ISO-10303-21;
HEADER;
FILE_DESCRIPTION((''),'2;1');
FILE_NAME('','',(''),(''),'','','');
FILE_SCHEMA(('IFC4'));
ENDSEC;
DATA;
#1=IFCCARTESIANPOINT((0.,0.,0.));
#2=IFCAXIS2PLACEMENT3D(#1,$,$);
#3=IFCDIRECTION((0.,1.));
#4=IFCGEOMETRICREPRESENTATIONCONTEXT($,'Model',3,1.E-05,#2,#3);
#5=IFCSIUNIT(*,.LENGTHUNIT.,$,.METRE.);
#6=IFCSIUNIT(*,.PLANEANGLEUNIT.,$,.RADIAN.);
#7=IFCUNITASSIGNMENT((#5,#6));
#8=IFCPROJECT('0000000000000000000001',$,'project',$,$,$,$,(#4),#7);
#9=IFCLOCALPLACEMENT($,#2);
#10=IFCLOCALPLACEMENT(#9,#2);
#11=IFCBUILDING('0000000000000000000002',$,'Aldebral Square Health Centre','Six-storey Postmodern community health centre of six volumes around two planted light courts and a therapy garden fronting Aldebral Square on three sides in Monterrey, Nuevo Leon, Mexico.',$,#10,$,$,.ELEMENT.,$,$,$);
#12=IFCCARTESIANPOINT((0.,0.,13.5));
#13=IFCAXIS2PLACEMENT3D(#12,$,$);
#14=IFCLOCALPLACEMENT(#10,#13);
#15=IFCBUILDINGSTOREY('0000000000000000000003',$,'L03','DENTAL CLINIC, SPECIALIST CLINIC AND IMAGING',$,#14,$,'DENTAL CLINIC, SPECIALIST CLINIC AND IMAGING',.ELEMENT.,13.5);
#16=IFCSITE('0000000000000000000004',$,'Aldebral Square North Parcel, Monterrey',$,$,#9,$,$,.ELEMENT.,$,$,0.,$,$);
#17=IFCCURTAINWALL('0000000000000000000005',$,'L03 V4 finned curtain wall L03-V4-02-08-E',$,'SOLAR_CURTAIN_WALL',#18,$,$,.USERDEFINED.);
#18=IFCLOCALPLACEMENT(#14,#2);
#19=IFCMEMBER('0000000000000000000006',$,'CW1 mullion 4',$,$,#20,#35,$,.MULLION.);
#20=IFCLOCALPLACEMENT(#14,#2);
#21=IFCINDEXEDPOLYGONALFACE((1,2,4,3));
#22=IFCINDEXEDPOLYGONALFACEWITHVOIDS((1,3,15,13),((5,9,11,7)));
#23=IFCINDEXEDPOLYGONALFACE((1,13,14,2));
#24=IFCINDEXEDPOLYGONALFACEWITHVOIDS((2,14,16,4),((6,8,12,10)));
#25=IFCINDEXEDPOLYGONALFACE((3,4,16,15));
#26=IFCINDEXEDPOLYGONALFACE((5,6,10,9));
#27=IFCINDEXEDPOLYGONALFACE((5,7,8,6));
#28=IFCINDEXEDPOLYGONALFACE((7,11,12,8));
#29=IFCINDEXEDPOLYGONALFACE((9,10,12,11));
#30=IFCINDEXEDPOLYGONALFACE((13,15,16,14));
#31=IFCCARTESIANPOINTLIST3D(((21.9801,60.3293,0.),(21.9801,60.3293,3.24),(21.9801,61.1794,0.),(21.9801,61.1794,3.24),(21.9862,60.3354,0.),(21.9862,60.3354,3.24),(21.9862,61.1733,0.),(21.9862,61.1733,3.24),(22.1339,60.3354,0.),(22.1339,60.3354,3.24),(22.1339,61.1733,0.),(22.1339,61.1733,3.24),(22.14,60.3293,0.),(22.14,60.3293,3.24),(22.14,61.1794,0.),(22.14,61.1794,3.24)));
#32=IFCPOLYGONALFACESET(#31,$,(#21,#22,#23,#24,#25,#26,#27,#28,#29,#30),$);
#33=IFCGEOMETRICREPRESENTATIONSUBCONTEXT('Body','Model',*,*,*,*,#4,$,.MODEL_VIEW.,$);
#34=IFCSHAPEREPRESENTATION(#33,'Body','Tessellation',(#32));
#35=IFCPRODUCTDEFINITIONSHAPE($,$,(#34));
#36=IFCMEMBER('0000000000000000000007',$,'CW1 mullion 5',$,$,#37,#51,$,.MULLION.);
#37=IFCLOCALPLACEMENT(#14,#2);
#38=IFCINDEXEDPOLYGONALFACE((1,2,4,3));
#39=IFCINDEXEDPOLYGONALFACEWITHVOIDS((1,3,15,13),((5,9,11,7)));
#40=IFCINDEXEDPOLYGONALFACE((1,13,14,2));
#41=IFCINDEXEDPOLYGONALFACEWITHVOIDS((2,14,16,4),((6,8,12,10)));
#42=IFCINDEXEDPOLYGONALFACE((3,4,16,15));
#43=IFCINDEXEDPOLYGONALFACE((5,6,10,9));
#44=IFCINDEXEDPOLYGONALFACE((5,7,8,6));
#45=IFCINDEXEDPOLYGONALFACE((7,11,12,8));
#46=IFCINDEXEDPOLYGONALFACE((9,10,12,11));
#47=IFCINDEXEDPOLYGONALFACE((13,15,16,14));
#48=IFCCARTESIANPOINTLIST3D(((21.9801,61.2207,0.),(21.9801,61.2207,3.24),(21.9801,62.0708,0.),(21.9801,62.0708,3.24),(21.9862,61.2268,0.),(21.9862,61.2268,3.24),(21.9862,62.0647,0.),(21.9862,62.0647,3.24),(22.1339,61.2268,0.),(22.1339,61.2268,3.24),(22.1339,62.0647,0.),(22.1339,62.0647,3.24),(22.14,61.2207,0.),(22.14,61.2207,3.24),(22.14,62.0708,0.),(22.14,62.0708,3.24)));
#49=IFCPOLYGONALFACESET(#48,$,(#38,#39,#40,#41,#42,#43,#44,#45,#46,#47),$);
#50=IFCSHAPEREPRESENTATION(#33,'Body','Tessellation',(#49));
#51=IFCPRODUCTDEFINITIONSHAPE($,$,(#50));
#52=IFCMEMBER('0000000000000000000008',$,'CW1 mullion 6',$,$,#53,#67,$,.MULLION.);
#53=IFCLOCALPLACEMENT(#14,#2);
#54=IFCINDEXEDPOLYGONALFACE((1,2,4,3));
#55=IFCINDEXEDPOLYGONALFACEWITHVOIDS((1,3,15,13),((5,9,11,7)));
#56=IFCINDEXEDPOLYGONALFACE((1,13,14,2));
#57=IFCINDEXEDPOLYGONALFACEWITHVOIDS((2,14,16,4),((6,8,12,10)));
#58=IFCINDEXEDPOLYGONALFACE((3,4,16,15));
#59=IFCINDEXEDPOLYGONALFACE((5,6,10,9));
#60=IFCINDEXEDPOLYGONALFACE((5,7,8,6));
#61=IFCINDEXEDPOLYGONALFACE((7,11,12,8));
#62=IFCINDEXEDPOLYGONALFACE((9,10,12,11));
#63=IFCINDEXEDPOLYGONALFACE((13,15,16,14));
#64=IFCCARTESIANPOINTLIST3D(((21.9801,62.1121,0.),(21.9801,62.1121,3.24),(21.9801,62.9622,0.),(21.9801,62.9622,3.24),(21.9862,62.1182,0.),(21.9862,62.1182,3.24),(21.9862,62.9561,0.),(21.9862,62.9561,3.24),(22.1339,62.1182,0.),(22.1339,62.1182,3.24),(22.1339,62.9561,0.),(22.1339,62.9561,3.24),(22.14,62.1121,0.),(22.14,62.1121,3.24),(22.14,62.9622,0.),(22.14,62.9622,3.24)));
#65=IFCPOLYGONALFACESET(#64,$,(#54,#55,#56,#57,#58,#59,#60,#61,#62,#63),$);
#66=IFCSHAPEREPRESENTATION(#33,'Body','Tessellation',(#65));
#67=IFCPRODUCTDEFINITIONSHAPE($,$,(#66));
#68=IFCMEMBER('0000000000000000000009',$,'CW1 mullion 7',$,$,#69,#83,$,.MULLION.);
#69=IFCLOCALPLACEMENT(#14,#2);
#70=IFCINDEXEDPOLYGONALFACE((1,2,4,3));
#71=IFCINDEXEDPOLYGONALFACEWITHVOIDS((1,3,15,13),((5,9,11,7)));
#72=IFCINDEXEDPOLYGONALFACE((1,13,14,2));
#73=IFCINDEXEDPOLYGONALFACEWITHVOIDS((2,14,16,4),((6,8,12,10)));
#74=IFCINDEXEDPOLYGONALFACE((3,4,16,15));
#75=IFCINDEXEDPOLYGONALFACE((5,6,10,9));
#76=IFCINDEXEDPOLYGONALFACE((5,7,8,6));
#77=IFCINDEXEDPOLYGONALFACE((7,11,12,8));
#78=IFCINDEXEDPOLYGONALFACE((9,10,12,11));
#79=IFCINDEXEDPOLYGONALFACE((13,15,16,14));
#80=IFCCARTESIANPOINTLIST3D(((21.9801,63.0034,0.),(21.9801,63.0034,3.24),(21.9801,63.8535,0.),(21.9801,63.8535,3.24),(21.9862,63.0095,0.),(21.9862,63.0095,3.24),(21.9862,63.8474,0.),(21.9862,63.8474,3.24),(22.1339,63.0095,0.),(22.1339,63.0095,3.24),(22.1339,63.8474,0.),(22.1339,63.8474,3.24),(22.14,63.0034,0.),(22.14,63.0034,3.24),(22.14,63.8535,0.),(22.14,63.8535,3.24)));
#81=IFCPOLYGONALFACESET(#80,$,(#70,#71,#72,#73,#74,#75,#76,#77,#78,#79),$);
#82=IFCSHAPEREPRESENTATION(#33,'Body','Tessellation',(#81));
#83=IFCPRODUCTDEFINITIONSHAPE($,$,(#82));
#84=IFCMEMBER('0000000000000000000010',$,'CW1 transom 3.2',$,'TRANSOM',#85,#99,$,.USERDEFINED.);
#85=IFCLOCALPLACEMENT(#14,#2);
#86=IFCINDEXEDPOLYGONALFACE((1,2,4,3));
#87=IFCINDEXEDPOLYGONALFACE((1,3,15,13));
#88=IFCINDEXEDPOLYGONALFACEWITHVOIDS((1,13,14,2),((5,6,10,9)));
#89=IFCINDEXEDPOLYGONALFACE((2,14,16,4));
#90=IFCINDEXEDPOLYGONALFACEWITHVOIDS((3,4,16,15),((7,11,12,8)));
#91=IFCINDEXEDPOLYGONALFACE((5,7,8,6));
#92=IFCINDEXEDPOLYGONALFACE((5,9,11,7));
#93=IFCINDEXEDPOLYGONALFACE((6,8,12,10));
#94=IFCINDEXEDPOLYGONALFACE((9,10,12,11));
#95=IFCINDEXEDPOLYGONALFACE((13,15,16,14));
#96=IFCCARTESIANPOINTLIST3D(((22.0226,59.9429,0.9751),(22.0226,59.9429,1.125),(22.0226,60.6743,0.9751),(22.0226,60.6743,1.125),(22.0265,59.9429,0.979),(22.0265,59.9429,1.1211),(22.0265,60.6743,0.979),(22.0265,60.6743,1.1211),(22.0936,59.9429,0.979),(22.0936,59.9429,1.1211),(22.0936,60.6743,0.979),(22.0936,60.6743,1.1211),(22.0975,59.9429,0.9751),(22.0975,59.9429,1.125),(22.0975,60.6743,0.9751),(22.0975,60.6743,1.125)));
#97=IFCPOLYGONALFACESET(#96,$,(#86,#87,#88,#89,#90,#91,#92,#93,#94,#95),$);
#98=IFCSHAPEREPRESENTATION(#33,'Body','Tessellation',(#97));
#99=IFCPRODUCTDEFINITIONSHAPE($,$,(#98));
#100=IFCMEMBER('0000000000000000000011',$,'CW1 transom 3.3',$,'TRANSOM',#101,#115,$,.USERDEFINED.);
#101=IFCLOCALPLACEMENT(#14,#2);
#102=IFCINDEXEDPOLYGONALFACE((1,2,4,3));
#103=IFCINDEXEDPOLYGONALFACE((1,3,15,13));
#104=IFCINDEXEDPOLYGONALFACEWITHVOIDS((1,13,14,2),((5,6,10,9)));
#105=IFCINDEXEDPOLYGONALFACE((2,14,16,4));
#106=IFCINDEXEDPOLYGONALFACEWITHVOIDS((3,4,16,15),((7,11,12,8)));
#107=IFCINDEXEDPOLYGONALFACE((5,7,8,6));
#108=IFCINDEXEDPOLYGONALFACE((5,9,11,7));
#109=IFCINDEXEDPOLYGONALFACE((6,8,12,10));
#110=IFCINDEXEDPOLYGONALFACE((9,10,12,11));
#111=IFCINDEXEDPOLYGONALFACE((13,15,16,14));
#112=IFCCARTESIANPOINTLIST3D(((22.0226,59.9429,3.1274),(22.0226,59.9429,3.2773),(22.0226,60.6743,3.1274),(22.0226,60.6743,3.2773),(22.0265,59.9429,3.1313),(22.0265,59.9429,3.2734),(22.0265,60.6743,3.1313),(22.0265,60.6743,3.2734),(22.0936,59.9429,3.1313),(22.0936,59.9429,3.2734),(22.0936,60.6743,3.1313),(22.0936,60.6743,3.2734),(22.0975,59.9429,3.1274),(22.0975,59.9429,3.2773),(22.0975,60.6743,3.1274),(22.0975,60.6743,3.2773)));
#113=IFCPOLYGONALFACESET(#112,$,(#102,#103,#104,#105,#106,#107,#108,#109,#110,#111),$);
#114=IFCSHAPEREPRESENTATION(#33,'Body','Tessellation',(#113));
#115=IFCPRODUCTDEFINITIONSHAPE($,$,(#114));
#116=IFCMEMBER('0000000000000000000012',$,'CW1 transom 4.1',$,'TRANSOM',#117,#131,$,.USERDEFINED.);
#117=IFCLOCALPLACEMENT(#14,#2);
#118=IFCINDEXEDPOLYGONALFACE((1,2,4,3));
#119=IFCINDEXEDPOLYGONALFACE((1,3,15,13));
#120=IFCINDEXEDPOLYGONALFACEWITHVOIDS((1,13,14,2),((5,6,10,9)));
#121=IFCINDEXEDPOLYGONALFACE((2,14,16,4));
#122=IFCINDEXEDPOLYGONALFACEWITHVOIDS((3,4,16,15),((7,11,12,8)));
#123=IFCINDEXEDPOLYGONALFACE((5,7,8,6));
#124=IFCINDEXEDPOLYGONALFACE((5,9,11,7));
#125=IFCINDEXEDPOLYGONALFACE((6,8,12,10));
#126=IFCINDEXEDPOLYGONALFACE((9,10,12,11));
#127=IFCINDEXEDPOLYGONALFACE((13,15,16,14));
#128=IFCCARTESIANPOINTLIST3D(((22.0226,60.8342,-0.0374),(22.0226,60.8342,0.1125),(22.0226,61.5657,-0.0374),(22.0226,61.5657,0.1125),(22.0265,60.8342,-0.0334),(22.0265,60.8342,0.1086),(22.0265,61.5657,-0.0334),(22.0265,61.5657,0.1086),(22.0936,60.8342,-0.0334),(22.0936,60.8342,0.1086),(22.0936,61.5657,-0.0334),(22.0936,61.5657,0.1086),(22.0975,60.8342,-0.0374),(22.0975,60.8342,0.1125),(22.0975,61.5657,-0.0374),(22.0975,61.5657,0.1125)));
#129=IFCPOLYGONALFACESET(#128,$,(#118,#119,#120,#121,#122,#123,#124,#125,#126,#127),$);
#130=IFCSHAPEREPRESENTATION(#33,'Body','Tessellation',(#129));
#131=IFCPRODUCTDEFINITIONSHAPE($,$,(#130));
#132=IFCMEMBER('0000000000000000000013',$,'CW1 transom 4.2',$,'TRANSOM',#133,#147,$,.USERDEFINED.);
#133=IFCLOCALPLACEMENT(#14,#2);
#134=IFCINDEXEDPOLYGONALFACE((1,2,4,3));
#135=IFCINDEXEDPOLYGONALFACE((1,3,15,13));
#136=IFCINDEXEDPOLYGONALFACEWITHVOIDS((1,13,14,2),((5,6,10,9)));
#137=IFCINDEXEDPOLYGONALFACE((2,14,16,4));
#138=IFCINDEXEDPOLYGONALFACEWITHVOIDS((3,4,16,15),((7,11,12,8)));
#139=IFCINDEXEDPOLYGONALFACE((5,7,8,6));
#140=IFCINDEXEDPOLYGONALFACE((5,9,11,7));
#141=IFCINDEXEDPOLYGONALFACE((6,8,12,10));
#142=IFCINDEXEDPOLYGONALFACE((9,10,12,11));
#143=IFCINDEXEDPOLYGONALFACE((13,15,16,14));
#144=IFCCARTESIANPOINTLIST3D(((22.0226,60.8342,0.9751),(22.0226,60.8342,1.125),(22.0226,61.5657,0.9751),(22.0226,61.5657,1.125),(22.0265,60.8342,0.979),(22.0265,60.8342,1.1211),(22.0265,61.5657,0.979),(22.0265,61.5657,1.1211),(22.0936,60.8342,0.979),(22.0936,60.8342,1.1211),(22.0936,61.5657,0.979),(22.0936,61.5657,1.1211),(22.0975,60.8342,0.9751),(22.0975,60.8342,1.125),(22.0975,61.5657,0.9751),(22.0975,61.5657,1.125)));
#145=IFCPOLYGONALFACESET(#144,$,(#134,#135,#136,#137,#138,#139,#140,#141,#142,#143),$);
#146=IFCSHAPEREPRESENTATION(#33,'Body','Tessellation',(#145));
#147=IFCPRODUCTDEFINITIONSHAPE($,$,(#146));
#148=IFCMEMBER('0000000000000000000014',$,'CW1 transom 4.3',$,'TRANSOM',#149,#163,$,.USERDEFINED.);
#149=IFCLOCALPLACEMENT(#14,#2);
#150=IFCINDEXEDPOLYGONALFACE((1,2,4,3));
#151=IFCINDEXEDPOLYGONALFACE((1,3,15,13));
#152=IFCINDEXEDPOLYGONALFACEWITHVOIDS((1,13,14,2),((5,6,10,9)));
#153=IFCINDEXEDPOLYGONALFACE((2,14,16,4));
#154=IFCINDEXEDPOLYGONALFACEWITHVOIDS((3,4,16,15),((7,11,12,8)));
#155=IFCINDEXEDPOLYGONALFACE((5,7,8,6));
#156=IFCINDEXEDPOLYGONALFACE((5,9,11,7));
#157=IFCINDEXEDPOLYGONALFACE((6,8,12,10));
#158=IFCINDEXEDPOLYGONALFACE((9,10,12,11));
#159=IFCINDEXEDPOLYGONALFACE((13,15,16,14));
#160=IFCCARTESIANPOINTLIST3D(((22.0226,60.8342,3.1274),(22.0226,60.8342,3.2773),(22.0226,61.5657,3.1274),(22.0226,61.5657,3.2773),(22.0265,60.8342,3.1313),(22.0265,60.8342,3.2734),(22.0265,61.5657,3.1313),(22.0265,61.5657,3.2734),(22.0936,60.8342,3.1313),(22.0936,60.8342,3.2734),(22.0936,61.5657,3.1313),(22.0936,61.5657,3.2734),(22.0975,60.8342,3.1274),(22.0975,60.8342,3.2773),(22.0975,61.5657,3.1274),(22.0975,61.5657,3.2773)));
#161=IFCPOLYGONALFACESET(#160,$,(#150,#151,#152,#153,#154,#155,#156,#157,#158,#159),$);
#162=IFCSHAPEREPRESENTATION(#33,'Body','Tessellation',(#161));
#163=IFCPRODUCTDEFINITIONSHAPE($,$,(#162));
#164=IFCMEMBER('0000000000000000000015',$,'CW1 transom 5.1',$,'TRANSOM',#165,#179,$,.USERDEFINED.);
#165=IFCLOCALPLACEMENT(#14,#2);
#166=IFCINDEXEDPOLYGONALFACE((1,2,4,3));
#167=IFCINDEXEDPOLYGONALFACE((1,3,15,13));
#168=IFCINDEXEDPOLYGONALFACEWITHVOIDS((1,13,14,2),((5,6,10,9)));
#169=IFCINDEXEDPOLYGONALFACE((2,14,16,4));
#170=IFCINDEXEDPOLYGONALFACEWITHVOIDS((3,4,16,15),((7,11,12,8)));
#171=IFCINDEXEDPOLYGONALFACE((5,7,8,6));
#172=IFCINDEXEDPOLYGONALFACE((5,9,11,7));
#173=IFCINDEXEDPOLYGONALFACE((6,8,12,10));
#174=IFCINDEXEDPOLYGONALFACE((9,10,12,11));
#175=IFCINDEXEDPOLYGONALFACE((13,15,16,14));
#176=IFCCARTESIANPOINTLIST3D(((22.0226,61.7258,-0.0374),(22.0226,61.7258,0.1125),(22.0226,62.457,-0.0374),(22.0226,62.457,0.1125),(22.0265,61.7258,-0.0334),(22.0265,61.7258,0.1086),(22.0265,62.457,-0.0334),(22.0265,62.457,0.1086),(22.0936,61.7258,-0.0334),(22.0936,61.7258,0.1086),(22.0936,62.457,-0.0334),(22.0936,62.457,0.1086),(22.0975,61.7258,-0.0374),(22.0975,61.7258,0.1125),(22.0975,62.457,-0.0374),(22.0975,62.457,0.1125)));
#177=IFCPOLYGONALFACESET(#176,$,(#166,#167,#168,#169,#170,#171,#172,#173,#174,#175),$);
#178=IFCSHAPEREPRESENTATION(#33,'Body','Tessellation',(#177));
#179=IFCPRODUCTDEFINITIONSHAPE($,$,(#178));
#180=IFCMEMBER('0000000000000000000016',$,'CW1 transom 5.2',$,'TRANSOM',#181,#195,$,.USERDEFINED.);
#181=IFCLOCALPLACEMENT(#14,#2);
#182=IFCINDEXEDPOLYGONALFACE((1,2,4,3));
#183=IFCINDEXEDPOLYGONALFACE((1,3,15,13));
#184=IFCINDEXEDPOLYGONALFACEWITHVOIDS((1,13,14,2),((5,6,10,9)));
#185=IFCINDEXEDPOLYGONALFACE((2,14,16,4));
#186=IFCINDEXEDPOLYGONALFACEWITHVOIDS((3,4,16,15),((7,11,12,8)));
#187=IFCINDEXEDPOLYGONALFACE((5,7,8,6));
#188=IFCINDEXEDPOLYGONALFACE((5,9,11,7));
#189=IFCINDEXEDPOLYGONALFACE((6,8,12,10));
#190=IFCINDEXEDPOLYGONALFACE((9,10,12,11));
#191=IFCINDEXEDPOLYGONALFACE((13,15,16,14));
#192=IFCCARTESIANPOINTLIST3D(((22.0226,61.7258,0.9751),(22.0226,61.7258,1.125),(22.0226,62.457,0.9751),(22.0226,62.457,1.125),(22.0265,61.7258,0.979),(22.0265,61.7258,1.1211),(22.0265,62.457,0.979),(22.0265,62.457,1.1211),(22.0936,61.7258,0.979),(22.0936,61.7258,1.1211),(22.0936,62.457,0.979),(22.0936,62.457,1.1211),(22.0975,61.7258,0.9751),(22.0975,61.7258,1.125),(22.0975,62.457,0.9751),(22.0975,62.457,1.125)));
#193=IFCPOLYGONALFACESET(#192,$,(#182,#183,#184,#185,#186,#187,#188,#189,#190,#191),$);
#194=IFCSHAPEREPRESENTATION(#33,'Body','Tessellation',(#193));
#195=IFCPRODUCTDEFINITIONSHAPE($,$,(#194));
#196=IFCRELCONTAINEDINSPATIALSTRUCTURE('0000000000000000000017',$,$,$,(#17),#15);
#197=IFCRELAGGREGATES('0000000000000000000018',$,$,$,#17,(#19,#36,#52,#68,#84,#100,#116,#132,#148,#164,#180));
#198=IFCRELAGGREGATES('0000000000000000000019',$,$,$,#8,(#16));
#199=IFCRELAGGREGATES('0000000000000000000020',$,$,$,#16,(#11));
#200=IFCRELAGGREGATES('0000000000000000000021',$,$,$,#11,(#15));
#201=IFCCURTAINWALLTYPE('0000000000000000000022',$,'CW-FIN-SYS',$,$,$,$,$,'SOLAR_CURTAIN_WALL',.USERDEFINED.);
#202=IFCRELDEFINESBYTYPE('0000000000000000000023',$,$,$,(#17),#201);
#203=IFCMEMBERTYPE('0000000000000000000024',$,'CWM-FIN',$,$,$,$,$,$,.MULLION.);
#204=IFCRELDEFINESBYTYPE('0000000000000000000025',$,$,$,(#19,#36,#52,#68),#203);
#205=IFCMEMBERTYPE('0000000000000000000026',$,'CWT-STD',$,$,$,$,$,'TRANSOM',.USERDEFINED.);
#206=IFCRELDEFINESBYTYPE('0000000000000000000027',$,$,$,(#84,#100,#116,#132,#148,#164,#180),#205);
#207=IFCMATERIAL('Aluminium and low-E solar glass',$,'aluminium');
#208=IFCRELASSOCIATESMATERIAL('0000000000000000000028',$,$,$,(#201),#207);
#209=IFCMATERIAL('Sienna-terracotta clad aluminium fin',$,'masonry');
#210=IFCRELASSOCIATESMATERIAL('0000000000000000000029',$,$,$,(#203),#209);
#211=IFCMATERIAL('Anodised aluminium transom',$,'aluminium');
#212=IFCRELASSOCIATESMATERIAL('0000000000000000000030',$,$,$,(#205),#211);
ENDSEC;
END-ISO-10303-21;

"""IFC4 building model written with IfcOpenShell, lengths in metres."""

from ifc_helpers import new_model, si_unit, direction, frame, origin, origin_2d, place, context, subcontext, project, spatial, hollow_rectangle, extrude, material, material_profile, profile_set, type_object, element, aggregate, save


model = new_model("IFC4")

# Units and contexts
model_context = context("Model", 3, precision=1e-05, world=origin(), true_north=direction((0.0, 1.0)))
body_context = subcontext(model_context, "Body", "Model", "MODEL_VIEW")
ifc_project = project(units=[si_unit("LENGTHUNIT", "METRE"), si_unit("PLANEANGLEUNIT", "RADIAN")], contexts=[model_context])

# Site, building, storey
site_placement = place(None, origin())
site = spatial("IfcSite", under=ifc_project, at=site_placement, Name="Aldebral Square North Parcel, Monterrey", CompositionType="ELEMENT", RefElevation=0.0)
building_placement = place(site_placement, origin())
building = spatial("IfcBuilding", under=site, at=building_placement, Name="Aldebral Square Health Centre", Description="Six-storey Postmodern community health centre of six volumes around two planted light courts and a therapy garden fronting Aldebral Square on three sides in Monterrey, Nuevo Leon, Mexico.", CompositionType="ELEMENT")
storey_placement = place(building_placement, frame((0.0, 0.0, 13.5)))
storey = spatial("IfcBuildingStorey", under=building, at=storey_placement, Name="L03", Description="DENTAL CLINIC, SPECIALIST CLINIC AND IMAGING", LongName="DENTAL CLINIC, SPECIALIST CLINIC AND IMAGING", CompositionType="ELEMENT", Elevation=13.5)

# Curtain wall, members
ifc_material_1 = material(Name="Aluminium and low-E solar glass", Category="aluminium")
curtain_wall_type = type_object("IfcCurtainWallType", Name="CW-FIN-SYS", ElementType="SOLAR_CURTAIN_WALL", PredefinedType="USERDEFINED", material=ifc_material_1)
curtain_wall_placement = place(storey_placement, origin())
curtain_wall = element("IfcCurtainWall", 1, at=curtain_wall_placement, inside=storey, type_object=curtain_wall_type, Name="L03 V4 finned curtain wall L03-V4-02-08-E", ObjectType="SOLAR_CURTAIN_WALL", PredefinedType="USERDEFINED")
ifc_material_2 = material(Name="Sienna-terracotta clad aluminium fin", Category="masonry")
ifc_material_profile_1 = material_profile(ifc_material_2, hollow_rectangle(XDim=0.1599, YDim=0.8501, WallThickness=0.0061, at=origin_2d()), Name="FIN 160x850x6")
ifc_profile_set_1 = profile_set([ifc_material_profile_1], Name="Sienna-terracotta clad aluminium fin")
member_type_1 = type_object("IfcMemberType", Name="CWM-FIN", PredefinedType="MULLION", material=ifc_profile_set_1)
member_1_placement = place(storey_placement, frame((22.0601, 60.7544, 0.0), z_axis=(0.0, 0.0, 1.0), x_axis=(-1.0, 0.0, 0.0)))
member_1 = element("IfcMember", 2, at=member_1_placement, type_object=member_type_1, Name="CW1 mullion 4", PredefinedType="MULLION", context=body_context, shape_type="SweptSolid", body=[
    extrude(hollow_rectangle(XDim=0.1599, YDim=0.8501, WallThickness=0.0061, at=origin_2d()), origin(), (0.0, 0.0, 1.0), 3.24),
])
member_2_placement = place(storey_placement, frame((22.0601, 61.6458, 0.0), z_axis=(0.0, 0.0, 1.0), x_axis=(-1.0, 0.0, 0.0)))
member_2 = element("IfcMember", 3, at=member_2_placement, type_object=member_type_1, Name="CW1 mullion 5", PredefinedType="MULLION", context=body_context, shape_type="SweptSolid", body=[
    extrude(hollow_rectangle(XDim=0.1599, YDim=0.8501, WallThickness=0.0061, at=origin_2d()), origin(), (0.0, 0.0, 1.0), 3.24),
])
member_3_placement = place(storey_placement, frame((22.0601, 62.5371, 0.0), z_axis=(0.0, 0.0, 1.0), x_axis=(-1.0, 0.0, 0.0)))
member_3 = element("IfcMember", 4, at=member_3_placement, type_object=member_type_1, Name="CW1 mullion 6", PredefinedType="MULLION", context=body_context, shape_type="SweptSolid", body=[
    extrude(hollow_rectangle(XDim=0.1599, YDim=0.8501, WallThickness=0.0061, at=origin_2d()), origin(), (0.0, 0.0, 1.0), 3.24),
])
member_4_placement = place(storey_placement, frame((22.0601, 63.4285, 0.0), z_axis=(0.0, 0.0, 1.0), x_axis=(-1.0, 0.0, 0.0)))
member_4 = element("IfcMember", 5, at=member_4_placement, type_object=member_type_1, Name="CW1 mullion 7", PredefinedType="MULLION", context=body_context, shape_type="SweptSolid", body=[
    extrude(hollow_rectangle(XDim=0.1599, YDim=0.8501, WallThickness=0.0061, at=origin_2d()), origin(), (0.0, 0.0, 1.0), 3.24),
])
ifc_material_3 = material(Name="Anodised aluminium transom", Category="aluminium")
ifc_material_profile_2 = material_profile(ifc_material_3, hollow_rectangle(XDim=0.075, YDim=0.1499, WallThickness=0.0039, at=origin_2d()), Name="CWT 75x150x4")
ifc_profile_set_2 = profile_set([ifc_material_profile_2], Name="Anodised aluminium transom")
member_type_2 = type_object("IfcMemberType", Name="CWT-STD", ElementType="TRANSOM", PredefinedType="USERDEFINED", material=ifc_profile_set_2)
member_5_placement = place(storey_placement, frame((22.0601, 59.9429, 1.05), z_axis=(0.0, 1.0, 0.0), x_axis=(-1.0, 0.0, 0.0)))
member_5 = element("IfcMember", 6, at=member_5_placement, type_object=member_type_2, Name="CW1 transom 3.2", ObjectType="TRANSOM", PredefinedType="USERDEFINED", context=body_context, shape_type="SweptSolid", body=[
    extrude(hollow_rectangle(XDim=0.075, YDim=0.1499, WallThickness=0.0039, at=origin_2d()), origin(), (0.0, 0.0, 1.0), 0.7314),
])
member_6_placement = place(storey_placement, frame((22.0601, 59.9429, 3.2024), z_axis=(0.0, 1.0, 0.0), x_axis=(-1.0, 0.0, 0.0)))
member_6 = element("IfcMember", 7, at=member_6_placement, type_object=member_type_2, Name="CW1 transom 3.3", ObjectType="TRANSOM", PredefinedType="USERDEFINED", context=body_context, shape_type="SweptSolid", body=[
    extrude(hollow_rectangle(XDim=0.075, YDim=0.1499, WallThickness=0.0039, at=origin_2d()), origin(), (0.0, 0.0, 1.0), 0.7314),
])
member_7_placement = place(storey_placement, frame((22.0601, 60.8342, 0.0376), z_axis=(0.0, 1.0, 0.0), x_axis=(-1.0, 0.0, 0.0)))
member_7 = element("IfcMember", 8, at=member_7_placement, type_object=member_type_2, Name="CW1 transom 4.1", ObjectType="TRANSOM", PredefinedType="USERDEFINED", context=body_context, shape_type="SweptSolid", body=[
    extrude(hollow_rectangle(XDim=0.075, YDim=0.1499, WallThickness=0.0039, at=origin_2d()), origin(), (0.0, 0.0, 1.0), 0.7314),
])
member_8_placement = place(storey_placement, frame((22.0601, 60.8342, 1.05), z_axis=(0.0, 1.0, 0.0), x_axis=(-1.0, 0.0, 0.0)))
member_8 = element("IfcMember", 9, at=member_8_placement, type_object=member_type_2, Name="CW1 transom 4.2", ObjectType="TRANSOM", PredefinedType="USERDEFINED", context=body_context, shape_type="SweptSolid", body=[
    extrude(hollow_rectangle(XDim=0.075, YDim=0.1499, WallThickness=0.0039, at=origin_2d()), origin(), (0.0, 0.0, 1.0), 0.7314),
])
member_9_placement = place(storey_placement, frame((22.0601, 60.8342, 3.2024), z_axis=(0.0, 1.0, 0.0), x_axis=(-1.0, 0.0, 0.0)))
member_9 = element("IfcMember", 10, at=member_9_placement, type_object=member_type_2, Name="CW1 transom 4.3", ObjectType="TRANSOM", PredefinedType="USERDEFINED", context=body_context, shape_type="SweptSolid", body=[
    extrude(hollow_rectangle(XDim=0.075, YDim=0.1499, WallThickness=0.0039, at=origin_2d()), origin(), (0.0, 0.0, 1.0), 0.7314),
])
member_10_placement = place(storey_placement, frame((22.0601, 61.7258, 0.0376), z_axis=(0.0, 1.0, 0.0), x_axis=(-1.0, 0.0, 0.0)))
member_10 = element("IfcMember", 11, at=member_10_placement, type_object=member_type_2, Name="CW1 transom 5.1", ObjectType="TRANSOM", PredefinedType="USERDEFINED", context=body_context, shape_type="SweptSolid", body=[
    extrude(hollow_rectangle(XDim=0.075, YDim=0.1499, WallThickness=0.0039, at=origin_2d()), origin(), (0.0, 0.0, 1.0), 0.7312),
])
member_11_placement = place(storey_placement, frame((22.0601, 61.7258, 1.05), z_axis=(0.0, 1.0, 0.0), x_axis=(-1.0, 0.0, 0.0)))
member_11 = element("IfcMember", 12, at=member_11_placement, type_object=member_type_2, Name="CW1 transom 5.2", ObjectType="TRANSOM", PredefinedType="USERDEFINED", context=body_context, shape_type="SweptSolid", body=[
    extrude(hollow_rectangle(XDim=0.075, YDim=0.1499, WallThickness=0.0039, at=origin_2d()), origin(), (0.0, 0.0, 1.0), 0.7312),
])
aggregate(curtain_wall, [member_1, member_2, member_3, member_4, member_5, member_6, member_7, member_8, member_9, member_10, member_11])

save(model, "model.ifc")
